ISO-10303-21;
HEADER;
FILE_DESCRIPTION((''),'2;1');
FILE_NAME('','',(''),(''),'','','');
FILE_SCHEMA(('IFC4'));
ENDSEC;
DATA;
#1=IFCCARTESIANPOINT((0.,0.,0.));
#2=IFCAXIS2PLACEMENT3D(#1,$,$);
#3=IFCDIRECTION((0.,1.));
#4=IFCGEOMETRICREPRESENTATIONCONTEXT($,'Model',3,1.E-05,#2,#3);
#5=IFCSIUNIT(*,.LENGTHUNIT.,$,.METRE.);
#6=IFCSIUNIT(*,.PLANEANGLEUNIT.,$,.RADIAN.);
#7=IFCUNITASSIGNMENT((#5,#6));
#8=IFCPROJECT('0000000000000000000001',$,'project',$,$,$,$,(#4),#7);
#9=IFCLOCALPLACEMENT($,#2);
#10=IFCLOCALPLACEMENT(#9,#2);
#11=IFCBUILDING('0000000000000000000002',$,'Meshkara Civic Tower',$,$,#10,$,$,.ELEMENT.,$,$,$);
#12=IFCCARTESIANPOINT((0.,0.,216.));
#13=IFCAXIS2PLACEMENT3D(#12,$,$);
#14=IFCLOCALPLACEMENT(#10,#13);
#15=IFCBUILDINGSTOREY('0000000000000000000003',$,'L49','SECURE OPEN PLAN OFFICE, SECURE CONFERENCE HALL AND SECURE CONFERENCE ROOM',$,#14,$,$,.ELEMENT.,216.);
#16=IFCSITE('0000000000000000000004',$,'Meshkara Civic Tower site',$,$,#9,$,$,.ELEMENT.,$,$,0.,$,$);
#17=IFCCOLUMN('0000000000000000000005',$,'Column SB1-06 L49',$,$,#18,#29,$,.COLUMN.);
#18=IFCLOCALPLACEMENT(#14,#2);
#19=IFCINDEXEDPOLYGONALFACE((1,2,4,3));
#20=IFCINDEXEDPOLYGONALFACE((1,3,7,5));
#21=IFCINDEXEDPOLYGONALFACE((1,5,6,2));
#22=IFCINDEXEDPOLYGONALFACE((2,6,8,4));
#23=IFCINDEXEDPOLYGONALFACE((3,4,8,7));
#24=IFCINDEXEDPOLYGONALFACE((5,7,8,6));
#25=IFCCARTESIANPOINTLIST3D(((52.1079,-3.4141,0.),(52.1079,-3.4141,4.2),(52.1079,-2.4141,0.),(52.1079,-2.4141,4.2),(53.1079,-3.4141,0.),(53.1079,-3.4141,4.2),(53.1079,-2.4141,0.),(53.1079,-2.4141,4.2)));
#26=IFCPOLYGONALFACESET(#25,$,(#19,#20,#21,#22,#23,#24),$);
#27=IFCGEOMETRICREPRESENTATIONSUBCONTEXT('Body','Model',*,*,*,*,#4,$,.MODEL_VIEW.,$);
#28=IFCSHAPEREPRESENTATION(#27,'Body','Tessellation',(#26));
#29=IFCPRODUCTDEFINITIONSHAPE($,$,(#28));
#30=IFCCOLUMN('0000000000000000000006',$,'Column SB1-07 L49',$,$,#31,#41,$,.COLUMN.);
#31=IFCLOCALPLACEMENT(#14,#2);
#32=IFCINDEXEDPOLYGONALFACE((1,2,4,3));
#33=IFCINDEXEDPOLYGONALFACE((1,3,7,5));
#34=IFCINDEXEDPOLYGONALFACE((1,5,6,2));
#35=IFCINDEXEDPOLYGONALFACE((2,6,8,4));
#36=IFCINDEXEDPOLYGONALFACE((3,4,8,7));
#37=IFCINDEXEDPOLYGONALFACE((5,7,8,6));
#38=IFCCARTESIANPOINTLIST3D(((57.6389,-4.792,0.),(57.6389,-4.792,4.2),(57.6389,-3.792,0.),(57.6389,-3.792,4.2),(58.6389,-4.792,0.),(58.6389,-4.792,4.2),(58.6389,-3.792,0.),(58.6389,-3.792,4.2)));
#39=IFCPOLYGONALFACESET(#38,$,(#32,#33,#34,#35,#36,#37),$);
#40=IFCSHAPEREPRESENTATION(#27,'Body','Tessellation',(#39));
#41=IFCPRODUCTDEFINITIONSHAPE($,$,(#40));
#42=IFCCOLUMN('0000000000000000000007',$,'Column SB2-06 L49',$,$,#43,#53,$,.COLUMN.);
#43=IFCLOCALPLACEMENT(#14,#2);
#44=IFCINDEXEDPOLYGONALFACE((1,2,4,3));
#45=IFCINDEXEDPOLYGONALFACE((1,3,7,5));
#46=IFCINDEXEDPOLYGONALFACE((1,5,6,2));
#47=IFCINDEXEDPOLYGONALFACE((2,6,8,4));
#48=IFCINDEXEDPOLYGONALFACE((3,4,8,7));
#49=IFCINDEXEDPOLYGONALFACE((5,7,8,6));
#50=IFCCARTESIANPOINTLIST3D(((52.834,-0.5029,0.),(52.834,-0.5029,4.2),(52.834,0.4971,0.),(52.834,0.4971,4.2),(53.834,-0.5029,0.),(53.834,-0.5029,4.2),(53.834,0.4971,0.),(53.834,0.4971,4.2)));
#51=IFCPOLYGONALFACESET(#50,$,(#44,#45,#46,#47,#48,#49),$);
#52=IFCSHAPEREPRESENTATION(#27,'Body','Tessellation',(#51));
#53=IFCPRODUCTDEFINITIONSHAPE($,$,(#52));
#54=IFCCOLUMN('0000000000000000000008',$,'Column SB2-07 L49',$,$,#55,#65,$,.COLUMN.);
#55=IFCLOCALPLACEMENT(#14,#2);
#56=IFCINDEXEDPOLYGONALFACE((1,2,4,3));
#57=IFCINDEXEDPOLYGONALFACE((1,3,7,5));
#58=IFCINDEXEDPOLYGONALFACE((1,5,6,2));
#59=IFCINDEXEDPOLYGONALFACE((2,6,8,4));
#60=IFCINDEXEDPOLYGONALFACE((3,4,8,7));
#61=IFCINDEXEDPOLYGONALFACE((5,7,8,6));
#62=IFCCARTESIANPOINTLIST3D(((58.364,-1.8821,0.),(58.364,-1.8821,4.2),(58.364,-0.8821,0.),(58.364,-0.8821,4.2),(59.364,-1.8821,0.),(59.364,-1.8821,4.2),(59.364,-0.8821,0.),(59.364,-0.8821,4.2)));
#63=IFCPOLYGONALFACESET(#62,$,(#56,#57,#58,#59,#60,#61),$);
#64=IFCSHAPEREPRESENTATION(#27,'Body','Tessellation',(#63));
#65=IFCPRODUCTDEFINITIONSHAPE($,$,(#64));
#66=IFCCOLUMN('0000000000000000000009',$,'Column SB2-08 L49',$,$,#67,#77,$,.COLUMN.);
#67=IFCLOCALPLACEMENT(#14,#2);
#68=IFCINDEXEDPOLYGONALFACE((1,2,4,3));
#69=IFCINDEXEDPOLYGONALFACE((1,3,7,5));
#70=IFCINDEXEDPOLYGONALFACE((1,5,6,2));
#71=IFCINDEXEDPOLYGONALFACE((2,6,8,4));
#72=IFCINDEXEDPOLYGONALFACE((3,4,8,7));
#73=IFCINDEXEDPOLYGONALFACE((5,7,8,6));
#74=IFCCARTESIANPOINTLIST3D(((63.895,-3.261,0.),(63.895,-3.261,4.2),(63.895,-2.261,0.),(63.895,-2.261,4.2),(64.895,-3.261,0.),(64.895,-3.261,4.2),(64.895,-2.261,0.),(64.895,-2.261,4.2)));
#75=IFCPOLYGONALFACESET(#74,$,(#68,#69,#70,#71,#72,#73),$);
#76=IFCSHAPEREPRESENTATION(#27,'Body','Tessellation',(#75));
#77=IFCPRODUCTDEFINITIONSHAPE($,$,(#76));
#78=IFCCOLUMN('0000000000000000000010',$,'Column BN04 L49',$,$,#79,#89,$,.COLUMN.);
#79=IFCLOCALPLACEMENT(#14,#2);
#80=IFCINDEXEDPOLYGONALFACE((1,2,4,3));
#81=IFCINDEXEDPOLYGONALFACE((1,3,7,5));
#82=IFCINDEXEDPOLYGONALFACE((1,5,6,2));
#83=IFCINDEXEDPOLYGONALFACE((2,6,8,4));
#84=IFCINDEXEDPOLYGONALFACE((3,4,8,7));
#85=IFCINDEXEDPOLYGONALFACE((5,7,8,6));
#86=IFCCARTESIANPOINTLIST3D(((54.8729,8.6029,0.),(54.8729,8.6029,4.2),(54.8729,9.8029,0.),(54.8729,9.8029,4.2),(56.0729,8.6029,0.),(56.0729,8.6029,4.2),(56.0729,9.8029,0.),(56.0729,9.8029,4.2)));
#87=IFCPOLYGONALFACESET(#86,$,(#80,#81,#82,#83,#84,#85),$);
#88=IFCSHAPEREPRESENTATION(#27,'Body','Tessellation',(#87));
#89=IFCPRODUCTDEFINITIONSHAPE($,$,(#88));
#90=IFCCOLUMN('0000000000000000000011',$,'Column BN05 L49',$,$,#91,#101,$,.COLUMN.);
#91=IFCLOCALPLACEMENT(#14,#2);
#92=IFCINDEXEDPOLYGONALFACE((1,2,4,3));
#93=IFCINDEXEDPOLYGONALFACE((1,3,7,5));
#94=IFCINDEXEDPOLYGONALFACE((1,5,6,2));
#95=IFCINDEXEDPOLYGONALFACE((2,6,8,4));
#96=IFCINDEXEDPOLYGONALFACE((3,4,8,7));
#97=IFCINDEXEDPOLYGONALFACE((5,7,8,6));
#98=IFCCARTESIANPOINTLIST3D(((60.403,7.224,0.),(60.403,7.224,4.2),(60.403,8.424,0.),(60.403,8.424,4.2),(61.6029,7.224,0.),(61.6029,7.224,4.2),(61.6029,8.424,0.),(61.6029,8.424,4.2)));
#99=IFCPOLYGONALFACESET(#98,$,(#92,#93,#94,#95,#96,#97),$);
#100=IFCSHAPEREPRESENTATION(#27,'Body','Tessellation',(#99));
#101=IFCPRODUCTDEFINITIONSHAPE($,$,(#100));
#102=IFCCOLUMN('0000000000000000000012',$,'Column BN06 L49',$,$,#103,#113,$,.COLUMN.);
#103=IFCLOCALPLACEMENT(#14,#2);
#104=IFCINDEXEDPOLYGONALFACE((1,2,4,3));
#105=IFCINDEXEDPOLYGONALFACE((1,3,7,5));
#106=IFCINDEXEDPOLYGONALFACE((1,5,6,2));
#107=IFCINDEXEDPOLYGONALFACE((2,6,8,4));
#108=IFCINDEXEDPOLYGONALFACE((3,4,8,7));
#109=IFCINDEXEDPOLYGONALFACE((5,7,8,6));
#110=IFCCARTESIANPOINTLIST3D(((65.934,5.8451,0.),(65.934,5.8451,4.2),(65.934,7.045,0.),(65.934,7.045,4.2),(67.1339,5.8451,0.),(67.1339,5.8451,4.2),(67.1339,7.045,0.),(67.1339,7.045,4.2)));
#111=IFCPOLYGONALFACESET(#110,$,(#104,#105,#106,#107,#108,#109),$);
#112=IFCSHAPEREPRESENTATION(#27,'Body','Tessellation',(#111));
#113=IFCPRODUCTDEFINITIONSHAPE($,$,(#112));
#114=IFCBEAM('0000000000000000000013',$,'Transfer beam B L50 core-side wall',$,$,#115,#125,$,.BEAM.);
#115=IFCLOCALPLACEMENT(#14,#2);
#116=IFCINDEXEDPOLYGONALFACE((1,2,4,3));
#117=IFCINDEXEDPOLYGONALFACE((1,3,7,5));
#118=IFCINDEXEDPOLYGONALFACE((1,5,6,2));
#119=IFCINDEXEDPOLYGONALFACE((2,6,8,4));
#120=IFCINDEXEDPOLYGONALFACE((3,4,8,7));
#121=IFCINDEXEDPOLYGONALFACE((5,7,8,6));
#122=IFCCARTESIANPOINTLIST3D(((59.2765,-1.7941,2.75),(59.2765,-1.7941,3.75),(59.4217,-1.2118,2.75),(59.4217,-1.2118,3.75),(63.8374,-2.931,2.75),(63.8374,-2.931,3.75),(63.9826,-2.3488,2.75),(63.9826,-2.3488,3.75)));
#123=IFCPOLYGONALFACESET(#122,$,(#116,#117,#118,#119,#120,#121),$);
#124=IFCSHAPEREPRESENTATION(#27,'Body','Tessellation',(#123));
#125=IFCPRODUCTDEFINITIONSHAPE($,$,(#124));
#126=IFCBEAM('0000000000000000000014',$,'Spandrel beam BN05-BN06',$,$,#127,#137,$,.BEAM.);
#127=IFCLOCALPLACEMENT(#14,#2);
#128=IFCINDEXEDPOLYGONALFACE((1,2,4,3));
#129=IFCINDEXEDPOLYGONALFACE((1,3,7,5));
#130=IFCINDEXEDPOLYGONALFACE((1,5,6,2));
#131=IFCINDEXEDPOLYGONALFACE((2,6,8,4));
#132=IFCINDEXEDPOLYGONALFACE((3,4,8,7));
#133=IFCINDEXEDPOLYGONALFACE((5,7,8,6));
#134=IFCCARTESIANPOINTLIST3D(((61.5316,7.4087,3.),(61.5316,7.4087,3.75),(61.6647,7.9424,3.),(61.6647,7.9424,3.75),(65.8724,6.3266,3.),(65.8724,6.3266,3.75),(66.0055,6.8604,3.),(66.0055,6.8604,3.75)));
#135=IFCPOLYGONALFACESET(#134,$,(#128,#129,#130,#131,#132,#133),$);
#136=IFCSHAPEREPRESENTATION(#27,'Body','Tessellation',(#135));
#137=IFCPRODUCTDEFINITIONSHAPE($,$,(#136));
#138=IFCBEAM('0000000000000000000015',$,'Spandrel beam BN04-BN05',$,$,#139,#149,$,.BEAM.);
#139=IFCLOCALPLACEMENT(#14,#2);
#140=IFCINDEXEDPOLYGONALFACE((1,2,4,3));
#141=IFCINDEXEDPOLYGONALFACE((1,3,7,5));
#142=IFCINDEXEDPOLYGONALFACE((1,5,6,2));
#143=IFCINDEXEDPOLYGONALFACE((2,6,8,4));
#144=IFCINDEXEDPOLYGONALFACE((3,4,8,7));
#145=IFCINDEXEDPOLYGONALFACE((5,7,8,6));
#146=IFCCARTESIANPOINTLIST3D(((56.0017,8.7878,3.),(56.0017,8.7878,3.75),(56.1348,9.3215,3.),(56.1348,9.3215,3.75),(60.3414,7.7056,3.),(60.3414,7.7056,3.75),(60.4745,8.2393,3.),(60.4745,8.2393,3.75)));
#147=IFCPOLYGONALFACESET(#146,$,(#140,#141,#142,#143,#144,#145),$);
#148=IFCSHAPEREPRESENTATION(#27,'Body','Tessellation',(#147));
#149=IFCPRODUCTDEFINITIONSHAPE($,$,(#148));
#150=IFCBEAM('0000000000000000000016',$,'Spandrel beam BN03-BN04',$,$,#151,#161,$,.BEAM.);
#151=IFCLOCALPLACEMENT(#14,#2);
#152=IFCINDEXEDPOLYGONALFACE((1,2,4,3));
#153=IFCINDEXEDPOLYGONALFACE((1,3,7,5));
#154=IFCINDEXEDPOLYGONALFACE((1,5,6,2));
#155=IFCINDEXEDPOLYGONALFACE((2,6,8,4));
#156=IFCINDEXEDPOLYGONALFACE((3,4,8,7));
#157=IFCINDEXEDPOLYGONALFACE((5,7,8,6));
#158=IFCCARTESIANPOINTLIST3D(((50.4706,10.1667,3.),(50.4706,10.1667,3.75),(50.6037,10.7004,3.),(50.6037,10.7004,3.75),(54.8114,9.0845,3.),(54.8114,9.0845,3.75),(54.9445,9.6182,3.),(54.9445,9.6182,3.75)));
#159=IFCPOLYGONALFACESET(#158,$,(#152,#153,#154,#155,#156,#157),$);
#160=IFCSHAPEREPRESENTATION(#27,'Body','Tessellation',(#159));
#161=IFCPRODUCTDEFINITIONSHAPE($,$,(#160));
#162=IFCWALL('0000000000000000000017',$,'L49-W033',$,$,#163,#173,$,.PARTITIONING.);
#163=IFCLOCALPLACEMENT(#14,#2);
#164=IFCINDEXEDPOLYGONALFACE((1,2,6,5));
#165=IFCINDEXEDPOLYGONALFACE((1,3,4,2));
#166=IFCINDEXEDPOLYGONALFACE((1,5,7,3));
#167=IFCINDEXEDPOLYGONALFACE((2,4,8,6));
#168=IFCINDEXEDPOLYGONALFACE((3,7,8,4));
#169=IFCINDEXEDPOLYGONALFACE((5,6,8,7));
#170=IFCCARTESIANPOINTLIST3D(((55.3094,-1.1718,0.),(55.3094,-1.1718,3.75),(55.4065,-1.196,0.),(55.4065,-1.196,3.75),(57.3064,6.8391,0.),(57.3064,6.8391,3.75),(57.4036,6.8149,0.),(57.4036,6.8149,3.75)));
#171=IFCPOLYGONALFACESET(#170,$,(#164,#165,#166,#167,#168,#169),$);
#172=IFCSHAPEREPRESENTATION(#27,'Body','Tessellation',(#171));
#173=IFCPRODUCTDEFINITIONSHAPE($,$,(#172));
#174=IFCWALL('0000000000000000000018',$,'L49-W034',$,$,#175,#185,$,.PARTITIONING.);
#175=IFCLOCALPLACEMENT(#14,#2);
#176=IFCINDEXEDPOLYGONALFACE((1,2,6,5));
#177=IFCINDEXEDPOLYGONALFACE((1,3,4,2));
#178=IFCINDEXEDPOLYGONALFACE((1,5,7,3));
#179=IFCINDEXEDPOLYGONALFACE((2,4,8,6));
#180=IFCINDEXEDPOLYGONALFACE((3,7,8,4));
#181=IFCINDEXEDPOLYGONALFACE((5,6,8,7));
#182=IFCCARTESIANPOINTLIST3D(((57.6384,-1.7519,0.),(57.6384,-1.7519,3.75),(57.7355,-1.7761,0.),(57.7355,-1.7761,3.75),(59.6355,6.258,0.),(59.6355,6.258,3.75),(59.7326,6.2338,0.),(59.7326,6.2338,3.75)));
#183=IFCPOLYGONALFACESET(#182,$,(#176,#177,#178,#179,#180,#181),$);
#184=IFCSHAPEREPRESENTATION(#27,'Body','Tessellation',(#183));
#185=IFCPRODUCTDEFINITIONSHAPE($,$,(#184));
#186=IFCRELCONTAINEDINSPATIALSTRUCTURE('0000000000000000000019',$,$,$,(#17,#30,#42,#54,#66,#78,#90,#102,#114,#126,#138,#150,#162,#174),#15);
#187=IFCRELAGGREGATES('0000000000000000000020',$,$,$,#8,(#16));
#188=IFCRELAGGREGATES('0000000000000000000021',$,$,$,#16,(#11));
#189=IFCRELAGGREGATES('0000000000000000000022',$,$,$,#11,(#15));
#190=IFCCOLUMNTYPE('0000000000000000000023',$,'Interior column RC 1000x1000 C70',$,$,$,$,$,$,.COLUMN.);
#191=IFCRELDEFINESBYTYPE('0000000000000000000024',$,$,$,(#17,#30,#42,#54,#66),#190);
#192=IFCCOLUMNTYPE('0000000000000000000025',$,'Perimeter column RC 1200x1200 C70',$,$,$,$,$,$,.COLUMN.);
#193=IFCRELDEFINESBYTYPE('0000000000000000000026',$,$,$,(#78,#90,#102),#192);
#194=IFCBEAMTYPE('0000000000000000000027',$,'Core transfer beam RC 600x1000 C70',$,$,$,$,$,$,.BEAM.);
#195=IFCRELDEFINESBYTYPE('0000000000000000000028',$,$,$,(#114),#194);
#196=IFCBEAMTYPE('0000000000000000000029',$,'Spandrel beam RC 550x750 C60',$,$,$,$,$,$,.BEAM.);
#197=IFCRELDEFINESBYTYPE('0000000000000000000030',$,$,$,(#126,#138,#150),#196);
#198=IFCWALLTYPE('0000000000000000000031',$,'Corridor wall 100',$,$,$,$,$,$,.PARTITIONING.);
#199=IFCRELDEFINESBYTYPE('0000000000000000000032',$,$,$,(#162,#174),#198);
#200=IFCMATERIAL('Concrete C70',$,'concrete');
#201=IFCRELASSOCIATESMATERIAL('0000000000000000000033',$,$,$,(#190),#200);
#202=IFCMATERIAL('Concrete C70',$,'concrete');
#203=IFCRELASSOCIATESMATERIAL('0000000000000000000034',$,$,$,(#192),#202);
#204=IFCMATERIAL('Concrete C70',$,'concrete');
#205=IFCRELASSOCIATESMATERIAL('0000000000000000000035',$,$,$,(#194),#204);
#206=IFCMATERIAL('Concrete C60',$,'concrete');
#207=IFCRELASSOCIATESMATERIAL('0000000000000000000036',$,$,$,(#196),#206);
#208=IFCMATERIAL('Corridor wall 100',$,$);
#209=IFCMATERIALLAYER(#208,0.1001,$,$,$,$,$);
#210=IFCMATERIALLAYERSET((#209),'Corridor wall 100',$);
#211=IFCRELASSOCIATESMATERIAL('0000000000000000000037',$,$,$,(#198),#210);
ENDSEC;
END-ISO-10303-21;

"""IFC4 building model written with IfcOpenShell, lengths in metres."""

from ifc_helpers import new_model, si_unit, direction, frame, frame_2d, origin, origin_2d, place, context, subcontext, project, spatial, rectangle, extrude, material, layer, layer_set, material_profile, profile_set, type_object, element, save


model = new_model("IFC4")

# Units and contexts
model_context = context("Model", 3, precision=1e-05, world=origin(), true_north=direction((0.0, 1.0)))
body_context = subcontext(model_context, "Body", "Model", "MODEL_VIEW")
ifc_project = project(units=[si_unit("LENGTHUNIT", "METRE"), si_unit("PLANEANGLEUNIT", "RADIAN")], contexts=[model_context])

# Site, building, storey
site_placement = place(None, origin())
site = spatial("IfcSite", under=ifc_project, at=site_placement, Name="Meshkara Civic Tower site", CompositionType="ELEMENT", RefElevation=0.0)
building_placement = place(site_placement, origin())
building = spatial("IfcBuilding", under=site, at=building_placement, Name="Meshkara Civic Tower", CompositionType="ELEMENT")
storey_placement = place(building_placement, frame((0.0, 0.0, 216.0)))
storey = spatial("IfcBuildingStorey", under=building, at=storey_placement, Name="L49", Description="SECURE OPEN PLAN OFFICE, SECURE CONFERENCE HALL AND SECURE CONFERENCE ROOM", CompositionType="ELEMENT", Elevation=216.0)

# Columns
ifc_material_1 = material(Name="Concrete C70", Category="concrete")
ifc_material_profile_1 = material_profile(ifc_material_1, rectangle(XDim=1.0, YDim=1.0, at=origin_2d()))
ifc_profile_set_1 = profile_set([ifc_material_profile_1], Name="Concrete C70")
column_type_1 = type_object("IfcColumnType", Name="Interior column RC 1000x1000 C70", PredefinedType="COLUMN", material=ifc_profile_set_1)
for number, where, z_axis, x_axis, name in (
    (1, (52.6079, -2.9141, 0.0), (0.0, 0.0, 1.0), (1.0, 0.0, 0.0), "Column SB1-06 L49"),
    (2, (58.1389, -4.292, 0.0), (0.0, 0.0, 1.0), (1.0, 0.0, 0.0), "Column SB1-07 L49"),
    (3, (53.334, -0.0029, 0.0), (0.0, 0.0, 1.0), (1.0, 0.0, 0.0), "Column SB2-06 L49"),
    (4, (58.864, -1.3821, 0.0), (0.0, 0.0, 1.0), (1.0, 0.0, 0.0), "Column SB2-07 L49"),
    (5, (64.395, -2.761, 0.0), (0.0, 0.0, 1.0), (1.0, 0.0, 0.0), "Column SB2-08 L49"),
):
    element("IfcColumn", number, at=place(storey_placement, frame(where, z_axis=z_axis, x_axis=x_axis)), inside=storey, type_object=column_type_1, Name=name, PredefinedType="COLUMN", context=body_context, shape_type="SweptSolid", body=[
        extrude(rectangle(XDim=1.0, YDim=1.0, at=origin_2d()), origin(), (0.0, 0.0, 1.0), 4.2),
    ])
ifc_material_2 = material(Name="Concrete C70", Category="concrete")
ifc_material_profile_2 = material_profile(ifc_material_2, rectangle(XDim=1.2, YDim=1.2, at=origin_2d()))
ifc_profile_set_2 = profile_set([ifc_material_profile_2], Name="Concrete C70")
column_type_2 = type_object("IfcColumnType", Name="Perimeter column RC 1200x1200 C70", PredefinedType="COLUMN", material=ifc_profile_set_2)
for number, where, z_axis, x_axis, name in (
    (6, (55.4729, 9.2029, 0.0), (0.0, 0.0, 1.0), (1.0, 0.0, 0.0), "Column BN04 L49"),
    (7, (61.0029, 7.824, 0.0), (0.0, 0.0, 1.0), (1.0, 0.0, 0.0), "Column BN05 L49"),
    (8, (66.5339, 6.4451, 0.0), (0.0, 0.0, 1.0), (1.0, 0.0, 0.0), "Column BN06 L49"),
):
    element("IfcColumn", number, at=place(storey_placement, frame(where, z_axis=z_axis, x_axis=x_axis)), inside=storey, type_object=column_type_2, Name=name, PredefinedType="COLUMN", context=body_context, shape_type="SweptSolid", body=[
        extrude(rectangle(XDim=1.2, YDim=1.2, at=origin_2d()), origin(), (0.0, 0.0, 1.0), 4.2),
    ])

# Beams
ifc_material_3 = material(Name="Concrete C70", Category="concrete")
ifc_material_profile_3 = material_profile(ifc_material_3, rectangle(XDim=0.6001, YDim=1.0, at=origin_2d()))
ifc_profile_set_3 = profile_set([ifc_material_profile_3], Name="Concrete C70")
beam_type_1 = type_object("IfcBeamType", Name="Core transfer beam RC 600x1000 C70", PredefinedType="BEAM", material=ifc_profile_set_3)
beam_1_placement = place(storey_placement, frame((59.3491, -1.5029, 3.25), z_axis=(0.970304, -0.241888, 0.0), x_axis=(0.241888, 0.970304, 0.0)))
element("IfcBeam", 9, at=beam_1_placement, inside=storey, type_object=beam_type_1, Name="Transfer beam B L50 core-side wall", PredefinedType="BEAM", context=body_context, shape_type="SweptSolid", body=[
    extrude(rectangle(XDim=0.6001, YDim=1.0, at=origin_2d()), origin(), (0.0, 0.0, 1.0), 4.7004),
])
ifc_material_4 = material(Name="Concrete C60", Category="concrete")
ifc_material_profile_4 = material_profile(ifc_material_4, rectangle(XDim=0.55, YDim=0.75, at=origin_2d()))
ifc_profile_set_4 = profile_set([ifc_material_profile_4], Name="Concrete C60")
beam_type_2 = type_object("IfcBeamType", Name="Spandrel beam RC 550x750 C60", PredefinedType="BEAM", material=ifc_profile_set_4)
beam_2_placement = place(storey_placement, frame((65.939, 6.5935, 3.375), z_axis=(-0.970309, 0.241868, 0.0), x_axis=(-0.241868, -0.970309, 0.0)))
element("IfcBeam", 10, at=beam_2_placement, inside=storey, type_object=beam_type_2, Name="Spandrel beam BN05-BN06", PredefinedType="BEAM", context=body_context, shape_type="SweptSolid", body=[
    extrude(rectangle(XDim=0.55, YDim=0.75, at=origin_2d()), origin(), (0.0, 0.0, 1.0), 4.4736),
])
beam_3_placement = place(storey_placement, frame((60.408, 7.9724, 3.375), z_axis=(-0.970284, 0.24197, 0.0), x_axis=(-0.24197, -0.970284, 0.0)))
element("IfcBeam", 11, at=beam_3_placement, inside=storey, type_object=beam_type_2, Name="Spandrel beam BN04-BN05", PredefinedType="BEAM", context=body_context, shape_type="SweptSolid", body=[
    extrude(rectangle(XDim=0.55, YDim=0.75, at=origin_2d()), origin(), (0.0, 0.0, 1.0), 4.4727),
])
beam_4_placement = place(storey_placement, frame((54.8779, 9.3513, 3.375), z_axis=(-0.970296, 0.241919, 0.0), x_axis=(-0.241919, -0.970296, 0.0)))
element("IfcBeam", 12, at=beam_4_placement, inside=storey, type_object=beam_type_2, Name="Spandrel beam BN03-BN04", PredefinedType="BEAM", context=body_context, shape_type="SweptSolid", body=[
    extrude(rectangle(XDim=0.55, YDim=0.75, at=origin_2d()), origin(), (0.0, 0.0, 1.0), 4.4736),
])

# Walls
ifc_material_5 = material(Name="Corridor wall 100")
ifc_layer_1 = layer(ifc_material_5, 0.1001)
ifc_layer_set_1 = layer_set([ifc_layer_1], Name="Corridor wall 100")
wall_type_1 = type_object("IfcWallType", Name="Corridor wall 100", PredefinedType="PARTITIONING", material=ifc_layer_set_1)
wall_1_placement = place(storey_placement, frame((57.355, 6.8269, 0.0), z_axis=(0.0, 0.0, 1.0), x_axis=(-0.241888, -0.970304, 0.0)))
element("IfcWall", 13, at=wall_1_placement, inside=storey, type_object=wall_type_1, Name="L49-W033", PredefinedType="PARTITIONING", context=body_context, shape_type="SweptSolid", body=[
    extrude(rectangle(XDim=8.2561, YDim=0.1001, at=frame_2d((4.1279, 0.0))), origin(), (0.0, 0.0, 1.0), 3.75),
])
wall_2_placement = place(storey_placement, frame((57.687, -1.7639, 0.0), z_axis=(0.0, 0.0, 1.0), x_axis=(0.241916, 0.970297, 0.0)))
element("IfcWall", 14, at=wall_2_placement, inside=storey, type_object=wall_type_1, Name="L49-W034", PredefinedType="PARTITIONING", context=body_context, shape_type="SweptSolid", body=[
    extrude(rectangle(XDim=8.2551, YDim=0.1001, at=frame_2d((4.1274, 0.0))), origin(), (0.0, 0.0, 1.0), 3.75),
])

save(model, "model.ifc")
